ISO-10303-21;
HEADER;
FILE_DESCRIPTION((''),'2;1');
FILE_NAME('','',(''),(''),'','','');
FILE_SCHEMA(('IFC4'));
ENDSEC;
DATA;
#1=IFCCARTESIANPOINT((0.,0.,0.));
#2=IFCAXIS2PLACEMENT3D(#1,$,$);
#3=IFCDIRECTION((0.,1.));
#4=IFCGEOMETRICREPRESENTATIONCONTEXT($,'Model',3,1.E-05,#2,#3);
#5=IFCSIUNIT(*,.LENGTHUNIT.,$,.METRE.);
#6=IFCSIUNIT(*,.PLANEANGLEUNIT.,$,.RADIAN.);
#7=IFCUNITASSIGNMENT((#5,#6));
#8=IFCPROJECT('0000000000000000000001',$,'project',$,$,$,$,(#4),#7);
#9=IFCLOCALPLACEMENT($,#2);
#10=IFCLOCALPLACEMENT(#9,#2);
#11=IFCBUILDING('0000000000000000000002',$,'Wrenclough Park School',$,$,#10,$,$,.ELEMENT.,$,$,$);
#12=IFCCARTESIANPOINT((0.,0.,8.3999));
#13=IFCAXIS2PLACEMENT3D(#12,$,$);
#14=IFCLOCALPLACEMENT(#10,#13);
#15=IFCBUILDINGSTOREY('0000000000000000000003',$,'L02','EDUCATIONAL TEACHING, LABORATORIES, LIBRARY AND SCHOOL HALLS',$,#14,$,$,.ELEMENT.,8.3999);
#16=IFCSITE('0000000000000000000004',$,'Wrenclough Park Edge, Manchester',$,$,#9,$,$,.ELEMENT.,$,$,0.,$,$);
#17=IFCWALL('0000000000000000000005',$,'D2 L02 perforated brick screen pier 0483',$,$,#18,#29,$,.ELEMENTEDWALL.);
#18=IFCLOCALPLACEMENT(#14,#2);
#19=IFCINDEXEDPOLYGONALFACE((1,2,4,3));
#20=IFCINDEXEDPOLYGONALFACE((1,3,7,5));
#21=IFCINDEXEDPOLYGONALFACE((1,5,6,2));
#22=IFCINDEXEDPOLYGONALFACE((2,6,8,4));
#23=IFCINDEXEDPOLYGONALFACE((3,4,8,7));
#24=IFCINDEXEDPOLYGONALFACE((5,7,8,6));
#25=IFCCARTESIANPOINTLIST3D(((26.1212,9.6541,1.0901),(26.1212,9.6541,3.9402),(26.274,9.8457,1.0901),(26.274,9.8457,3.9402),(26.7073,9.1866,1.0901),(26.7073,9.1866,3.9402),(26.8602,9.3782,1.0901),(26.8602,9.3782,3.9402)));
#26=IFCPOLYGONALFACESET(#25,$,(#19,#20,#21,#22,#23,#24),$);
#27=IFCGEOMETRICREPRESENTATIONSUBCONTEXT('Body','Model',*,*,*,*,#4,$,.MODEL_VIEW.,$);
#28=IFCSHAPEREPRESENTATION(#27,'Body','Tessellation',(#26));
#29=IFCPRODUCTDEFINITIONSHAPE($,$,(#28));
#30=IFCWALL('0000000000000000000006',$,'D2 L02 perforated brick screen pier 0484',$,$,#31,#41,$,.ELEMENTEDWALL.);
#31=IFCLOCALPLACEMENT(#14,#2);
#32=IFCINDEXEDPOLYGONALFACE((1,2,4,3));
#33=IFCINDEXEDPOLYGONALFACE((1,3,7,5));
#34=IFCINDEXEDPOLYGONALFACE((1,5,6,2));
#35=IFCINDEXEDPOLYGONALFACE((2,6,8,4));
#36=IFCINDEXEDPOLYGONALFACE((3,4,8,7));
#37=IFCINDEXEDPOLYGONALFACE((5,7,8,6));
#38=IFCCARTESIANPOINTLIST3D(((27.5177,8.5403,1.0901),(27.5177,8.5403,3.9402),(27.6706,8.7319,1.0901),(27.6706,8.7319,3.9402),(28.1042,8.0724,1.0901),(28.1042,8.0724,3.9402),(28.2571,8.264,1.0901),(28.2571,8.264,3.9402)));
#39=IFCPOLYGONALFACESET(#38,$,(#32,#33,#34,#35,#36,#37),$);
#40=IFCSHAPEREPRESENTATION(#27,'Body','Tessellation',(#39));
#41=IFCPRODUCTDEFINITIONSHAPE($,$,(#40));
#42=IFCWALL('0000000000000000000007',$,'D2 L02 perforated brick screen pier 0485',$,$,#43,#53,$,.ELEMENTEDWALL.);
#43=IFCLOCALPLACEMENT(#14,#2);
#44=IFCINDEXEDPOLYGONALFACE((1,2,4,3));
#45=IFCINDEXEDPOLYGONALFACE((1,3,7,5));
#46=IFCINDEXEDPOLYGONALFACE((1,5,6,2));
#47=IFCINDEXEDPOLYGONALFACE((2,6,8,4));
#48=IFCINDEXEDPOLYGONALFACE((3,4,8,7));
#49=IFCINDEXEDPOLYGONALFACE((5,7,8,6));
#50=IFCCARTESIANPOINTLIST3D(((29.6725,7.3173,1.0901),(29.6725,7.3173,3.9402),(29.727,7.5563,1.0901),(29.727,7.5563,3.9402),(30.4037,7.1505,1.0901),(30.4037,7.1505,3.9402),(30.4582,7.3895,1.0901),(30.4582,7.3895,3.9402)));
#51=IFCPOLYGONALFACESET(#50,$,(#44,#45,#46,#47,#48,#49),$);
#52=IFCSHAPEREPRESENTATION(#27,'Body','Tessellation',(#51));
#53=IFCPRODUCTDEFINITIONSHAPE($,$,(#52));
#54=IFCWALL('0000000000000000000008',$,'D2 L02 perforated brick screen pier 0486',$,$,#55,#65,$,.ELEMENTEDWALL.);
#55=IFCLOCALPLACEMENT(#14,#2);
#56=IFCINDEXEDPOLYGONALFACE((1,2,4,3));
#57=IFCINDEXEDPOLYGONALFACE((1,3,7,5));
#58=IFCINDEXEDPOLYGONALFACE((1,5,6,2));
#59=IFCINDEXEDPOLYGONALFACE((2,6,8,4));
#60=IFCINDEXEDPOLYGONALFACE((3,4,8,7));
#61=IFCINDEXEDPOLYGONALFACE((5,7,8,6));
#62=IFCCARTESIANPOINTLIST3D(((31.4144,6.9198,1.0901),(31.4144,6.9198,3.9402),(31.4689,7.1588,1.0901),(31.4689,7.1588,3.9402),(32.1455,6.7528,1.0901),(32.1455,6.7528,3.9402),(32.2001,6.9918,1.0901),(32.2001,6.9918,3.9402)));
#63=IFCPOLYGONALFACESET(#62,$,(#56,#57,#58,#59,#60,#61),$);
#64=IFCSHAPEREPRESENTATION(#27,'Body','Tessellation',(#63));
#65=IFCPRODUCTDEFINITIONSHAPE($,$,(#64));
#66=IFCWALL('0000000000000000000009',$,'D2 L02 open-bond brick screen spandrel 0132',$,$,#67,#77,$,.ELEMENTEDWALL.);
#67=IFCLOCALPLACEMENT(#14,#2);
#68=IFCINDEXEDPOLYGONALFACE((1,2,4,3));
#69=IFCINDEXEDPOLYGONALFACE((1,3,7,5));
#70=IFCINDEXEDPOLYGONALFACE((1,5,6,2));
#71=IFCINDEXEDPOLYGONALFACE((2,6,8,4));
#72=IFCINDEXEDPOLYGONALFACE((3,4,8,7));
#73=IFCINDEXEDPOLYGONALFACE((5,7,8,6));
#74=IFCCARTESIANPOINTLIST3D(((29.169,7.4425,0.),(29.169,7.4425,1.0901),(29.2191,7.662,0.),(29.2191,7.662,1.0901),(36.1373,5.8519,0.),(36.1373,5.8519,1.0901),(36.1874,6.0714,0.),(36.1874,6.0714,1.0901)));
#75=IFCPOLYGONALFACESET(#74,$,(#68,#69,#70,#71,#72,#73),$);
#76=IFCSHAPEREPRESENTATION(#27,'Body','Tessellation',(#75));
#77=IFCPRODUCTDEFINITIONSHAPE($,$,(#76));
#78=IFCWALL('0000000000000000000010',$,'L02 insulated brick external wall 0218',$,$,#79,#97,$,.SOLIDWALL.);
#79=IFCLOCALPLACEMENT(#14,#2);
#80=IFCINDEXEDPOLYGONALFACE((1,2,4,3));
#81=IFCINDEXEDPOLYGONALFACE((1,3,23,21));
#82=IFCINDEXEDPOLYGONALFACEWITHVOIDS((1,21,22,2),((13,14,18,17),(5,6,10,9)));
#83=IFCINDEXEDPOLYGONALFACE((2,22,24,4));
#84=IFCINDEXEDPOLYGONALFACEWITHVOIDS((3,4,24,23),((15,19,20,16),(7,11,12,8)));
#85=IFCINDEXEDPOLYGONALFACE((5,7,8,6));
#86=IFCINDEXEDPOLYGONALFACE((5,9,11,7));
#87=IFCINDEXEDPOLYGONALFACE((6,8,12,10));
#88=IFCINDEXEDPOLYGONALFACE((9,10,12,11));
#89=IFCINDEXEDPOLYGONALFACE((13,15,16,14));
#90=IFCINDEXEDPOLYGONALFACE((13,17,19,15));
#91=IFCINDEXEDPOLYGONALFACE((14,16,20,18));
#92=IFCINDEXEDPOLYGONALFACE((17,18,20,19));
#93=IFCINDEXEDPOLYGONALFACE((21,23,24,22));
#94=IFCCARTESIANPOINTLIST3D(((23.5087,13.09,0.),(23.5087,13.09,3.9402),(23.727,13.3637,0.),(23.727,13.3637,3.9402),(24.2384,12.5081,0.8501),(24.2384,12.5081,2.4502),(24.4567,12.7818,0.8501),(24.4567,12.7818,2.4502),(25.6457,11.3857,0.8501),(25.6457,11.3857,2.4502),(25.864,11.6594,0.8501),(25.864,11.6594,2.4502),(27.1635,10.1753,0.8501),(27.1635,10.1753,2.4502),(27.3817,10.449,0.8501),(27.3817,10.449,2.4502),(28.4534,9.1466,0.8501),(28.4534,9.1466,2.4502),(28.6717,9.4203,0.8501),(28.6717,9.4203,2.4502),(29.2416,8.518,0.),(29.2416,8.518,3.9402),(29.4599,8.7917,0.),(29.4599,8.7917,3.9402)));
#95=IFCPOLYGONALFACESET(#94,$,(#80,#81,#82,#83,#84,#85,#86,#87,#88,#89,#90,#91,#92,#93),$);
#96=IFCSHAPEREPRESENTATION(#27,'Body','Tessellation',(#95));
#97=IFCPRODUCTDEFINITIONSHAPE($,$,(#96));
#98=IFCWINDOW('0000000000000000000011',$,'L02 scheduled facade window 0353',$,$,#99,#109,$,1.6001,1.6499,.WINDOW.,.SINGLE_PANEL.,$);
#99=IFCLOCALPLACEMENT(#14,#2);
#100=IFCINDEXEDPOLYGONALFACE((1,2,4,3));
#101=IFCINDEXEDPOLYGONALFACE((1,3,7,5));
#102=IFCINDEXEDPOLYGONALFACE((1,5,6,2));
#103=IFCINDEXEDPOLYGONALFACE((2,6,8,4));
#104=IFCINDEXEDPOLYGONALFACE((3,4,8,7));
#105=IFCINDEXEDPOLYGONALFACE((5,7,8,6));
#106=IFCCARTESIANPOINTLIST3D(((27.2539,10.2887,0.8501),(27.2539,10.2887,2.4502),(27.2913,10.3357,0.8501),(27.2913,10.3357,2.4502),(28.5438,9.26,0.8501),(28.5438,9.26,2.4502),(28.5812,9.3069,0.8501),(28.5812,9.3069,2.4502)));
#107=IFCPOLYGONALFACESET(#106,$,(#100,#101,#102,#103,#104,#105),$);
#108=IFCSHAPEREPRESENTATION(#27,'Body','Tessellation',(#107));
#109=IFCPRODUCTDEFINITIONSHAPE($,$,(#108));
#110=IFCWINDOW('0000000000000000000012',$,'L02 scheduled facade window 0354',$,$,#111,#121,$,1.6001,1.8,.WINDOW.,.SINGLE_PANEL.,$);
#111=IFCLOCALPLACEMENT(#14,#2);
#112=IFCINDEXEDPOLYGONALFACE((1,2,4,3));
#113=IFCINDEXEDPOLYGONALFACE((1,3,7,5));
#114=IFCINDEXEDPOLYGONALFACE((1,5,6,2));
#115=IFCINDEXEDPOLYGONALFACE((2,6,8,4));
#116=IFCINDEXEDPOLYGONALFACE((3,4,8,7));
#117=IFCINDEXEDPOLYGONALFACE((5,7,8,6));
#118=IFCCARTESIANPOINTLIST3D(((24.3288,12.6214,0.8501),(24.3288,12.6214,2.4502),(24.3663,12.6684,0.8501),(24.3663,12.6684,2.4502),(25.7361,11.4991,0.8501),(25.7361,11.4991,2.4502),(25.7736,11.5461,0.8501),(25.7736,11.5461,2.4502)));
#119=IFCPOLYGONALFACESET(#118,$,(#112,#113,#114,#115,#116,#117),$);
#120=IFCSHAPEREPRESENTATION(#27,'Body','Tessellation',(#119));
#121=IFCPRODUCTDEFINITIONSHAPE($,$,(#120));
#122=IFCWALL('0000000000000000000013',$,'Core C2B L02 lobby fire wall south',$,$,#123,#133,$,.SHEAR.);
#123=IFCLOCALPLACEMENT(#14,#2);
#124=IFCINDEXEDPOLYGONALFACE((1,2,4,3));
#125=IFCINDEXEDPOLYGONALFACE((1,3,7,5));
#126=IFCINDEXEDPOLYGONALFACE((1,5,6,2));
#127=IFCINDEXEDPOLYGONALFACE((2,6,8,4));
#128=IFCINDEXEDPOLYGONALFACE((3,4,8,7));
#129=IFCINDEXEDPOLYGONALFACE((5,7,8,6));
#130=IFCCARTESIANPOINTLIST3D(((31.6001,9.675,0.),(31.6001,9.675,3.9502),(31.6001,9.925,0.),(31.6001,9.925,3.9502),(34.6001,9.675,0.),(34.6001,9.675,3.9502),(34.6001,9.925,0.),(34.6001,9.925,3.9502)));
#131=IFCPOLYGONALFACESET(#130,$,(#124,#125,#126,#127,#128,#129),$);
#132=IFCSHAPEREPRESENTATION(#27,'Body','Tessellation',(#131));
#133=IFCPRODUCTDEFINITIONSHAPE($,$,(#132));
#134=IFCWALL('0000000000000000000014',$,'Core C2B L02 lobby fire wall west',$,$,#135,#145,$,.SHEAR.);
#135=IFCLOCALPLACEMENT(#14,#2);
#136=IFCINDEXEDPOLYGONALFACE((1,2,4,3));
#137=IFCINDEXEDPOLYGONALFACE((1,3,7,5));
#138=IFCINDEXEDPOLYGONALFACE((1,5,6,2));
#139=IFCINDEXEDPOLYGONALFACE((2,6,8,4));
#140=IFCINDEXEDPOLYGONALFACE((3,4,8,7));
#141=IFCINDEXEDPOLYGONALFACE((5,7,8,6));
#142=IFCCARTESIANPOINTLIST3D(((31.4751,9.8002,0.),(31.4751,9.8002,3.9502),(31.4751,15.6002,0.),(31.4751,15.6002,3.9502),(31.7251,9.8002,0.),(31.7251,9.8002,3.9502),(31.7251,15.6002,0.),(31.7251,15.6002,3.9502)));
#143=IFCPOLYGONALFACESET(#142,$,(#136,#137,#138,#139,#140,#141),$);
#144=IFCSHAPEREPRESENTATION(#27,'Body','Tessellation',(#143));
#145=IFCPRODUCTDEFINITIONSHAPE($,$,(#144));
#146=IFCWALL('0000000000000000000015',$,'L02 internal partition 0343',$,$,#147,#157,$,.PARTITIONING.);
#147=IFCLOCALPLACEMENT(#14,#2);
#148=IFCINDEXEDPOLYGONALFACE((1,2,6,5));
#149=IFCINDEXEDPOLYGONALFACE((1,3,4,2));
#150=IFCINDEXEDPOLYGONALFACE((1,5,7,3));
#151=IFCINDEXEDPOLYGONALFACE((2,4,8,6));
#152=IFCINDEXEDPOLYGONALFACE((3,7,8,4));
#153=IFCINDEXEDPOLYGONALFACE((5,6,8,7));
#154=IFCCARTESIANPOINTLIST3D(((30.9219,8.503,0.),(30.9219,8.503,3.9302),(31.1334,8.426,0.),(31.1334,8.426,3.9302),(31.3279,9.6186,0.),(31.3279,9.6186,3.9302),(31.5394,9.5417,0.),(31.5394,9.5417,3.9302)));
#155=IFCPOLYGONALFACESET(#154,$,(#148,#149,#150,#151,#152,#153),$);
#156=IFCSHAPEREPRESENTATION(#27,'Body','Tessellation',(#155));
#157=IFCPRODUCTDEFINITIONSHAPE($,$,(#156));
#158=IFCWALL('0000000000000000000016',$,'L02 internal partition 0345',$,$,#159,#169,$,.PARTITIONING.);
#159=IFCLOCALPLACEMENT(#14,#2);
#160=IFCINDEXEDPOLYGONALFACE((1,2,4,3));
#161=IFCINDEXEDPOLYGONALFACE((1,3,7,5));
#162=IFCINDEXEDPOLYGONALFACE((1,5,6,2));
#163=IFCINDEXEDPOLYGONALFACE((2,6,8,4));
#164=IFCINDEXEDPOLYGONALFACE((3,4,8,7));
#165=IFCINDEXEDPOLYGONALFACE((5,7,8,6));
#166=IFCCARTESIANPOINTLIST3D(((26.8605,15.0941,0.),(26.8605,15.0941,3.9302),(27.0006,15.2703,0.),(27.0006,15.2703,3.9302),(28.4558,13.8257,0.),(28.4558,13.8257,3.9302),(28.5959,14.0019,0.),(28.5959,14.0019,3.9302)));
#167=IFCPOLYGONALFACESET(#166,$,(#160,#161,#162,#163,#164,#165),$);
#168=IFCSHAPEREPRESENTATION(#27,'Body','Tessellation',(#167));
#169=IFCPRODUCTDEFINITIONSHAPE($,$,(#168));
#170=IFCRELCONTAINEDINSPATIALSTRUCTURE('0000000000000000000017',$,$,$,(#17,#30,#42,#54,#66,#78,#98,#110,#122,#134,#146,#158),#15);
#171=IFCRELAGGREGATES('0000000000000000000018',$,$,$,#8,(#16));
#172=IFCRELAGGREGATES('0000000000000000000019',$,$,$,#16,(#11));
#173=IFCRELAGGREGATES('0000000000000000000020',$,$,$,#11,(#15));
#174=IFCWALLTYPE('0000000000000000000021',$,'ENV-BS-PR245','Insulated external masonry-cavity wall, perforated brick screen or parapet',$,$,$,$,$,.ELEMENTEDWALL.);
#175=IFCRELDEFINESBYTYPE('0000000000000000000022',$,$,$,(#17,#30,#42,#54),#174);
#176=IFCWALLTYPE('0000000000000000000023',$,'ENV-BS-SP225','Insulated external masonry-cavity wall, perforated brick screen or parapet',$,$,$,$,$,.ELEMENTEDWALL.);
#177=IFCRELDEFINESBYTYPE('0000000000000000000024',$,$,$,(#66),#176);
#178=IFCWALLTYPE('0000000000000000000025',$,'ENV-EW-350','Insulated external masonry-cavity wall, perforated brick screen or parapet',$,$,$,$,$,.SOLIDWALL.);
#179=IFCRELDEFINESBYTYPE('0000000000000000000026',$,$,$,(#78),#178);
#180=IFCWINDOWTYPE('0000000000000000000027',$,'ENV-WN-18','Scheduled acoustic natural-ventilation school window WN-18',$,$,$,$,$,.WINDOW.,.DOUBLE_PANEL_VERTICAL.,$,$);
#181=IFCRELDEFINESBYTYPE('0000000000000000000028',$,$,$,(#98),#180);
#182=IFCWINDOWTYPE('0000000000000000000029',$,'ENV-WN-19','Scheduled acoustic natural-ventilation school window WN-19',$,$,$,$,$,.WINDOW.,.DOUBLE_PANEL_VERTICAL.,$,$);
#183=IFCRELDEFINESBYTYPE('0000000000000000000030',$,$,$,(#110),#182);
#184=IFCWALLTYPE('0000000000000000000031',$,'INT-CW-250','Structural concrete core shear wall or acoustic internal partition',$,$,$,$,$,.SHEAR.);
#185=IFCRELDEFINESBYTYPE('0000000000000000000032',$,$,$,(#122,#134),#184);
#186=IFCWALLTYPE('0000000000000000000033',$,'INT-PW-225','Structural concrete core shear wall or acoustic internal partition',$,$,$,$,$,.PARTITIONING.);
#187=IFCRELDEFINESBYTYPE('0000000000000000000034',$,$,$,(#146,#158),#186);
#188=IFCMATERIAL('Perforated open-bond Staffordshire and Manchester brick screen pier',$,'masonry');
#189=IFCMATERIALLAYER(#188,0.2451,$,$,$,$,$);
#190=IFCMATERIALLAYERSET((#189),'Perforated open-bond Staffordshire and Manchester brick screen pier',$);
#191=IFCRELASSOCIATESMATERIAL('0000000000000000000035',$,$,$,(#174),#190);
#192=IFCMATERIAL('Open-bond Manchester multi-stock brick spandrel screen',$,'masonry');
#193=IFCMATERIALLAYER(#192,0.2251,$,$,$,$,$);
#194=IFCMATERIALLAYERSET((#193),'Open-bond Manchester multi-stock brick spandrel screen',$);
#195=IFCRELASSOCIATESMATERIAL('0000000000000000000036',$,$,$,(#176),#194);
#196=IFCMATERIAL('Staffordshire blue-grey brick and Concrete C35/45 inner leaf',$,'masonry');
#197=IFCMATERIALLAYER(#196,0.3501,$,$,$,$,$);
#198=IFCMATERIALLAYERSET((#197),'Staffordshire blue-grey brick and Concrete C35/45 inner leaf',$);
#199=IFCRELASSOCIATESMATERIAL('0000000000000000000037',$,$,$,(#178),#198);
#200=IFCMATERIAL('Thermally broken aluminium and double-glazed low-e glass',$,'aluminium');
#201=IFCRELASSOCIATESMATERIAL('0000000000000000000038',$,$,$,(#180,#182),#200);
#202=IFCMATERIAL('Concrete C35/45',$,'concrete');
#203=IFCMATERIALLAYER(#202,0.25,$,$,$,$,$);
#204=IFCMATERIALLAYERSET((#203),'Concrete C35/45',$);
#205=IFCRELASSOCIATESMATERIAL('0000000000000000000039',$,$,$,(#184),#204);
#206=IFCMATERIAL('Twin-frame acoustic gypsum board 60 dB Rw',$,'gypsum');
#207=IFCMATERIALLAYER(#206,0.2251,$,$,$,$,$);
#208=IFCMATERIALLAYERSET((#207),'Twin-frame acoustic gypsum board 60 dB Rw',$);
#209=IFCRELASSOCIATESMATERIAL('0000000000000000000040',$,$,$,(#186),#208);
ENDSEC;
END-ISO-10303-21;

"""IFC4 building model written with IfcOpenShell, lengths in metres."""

from ifc_helpers import new_model, si_unit, direction, frame, frame_2d, origin, place, context, subcontext, project, spatial, rectangle, extrude, material, layer, layer_set, type_object, element, fill, save


model = new_model("IFC4")

# Units and contexts
model_context = context("Model", 3, precision=1e-05, world=origin(), true_north=direction((0.0, 1.0)))
body_context = subcontext(model_context, "Body", "Model", "MODEL_VIEW")
ifc_project = project(units=[si_unit("LENGTHUNIT", "METRE"), si_unit("PLANEANGLEUNIT", "RADIAN")], contexts=[model_context])

# Site, building, storey
site_placement = place(None, origin())
site = spatial("IfcSite", under=ifc_project, at=site_placement, Name="Wrenclough Park Edge, Manchester", CompositionType="ELEMENT", RefElevation=0.0)
building_placement = place(site_placement, origin())
building = spatial("IfcBuilding", under=site, at=building_placement, Name="Wrenclough Park School", CompositionType="ELEMENT")
storey_placement = place(building_placement, frame((0.0, 0.0, 8.3999)))
storey = spatial("IfcBuildingStorey", under=building, at=storey_placement, Name="L02", Description="EDUCATIONAL TEACHING, LABORATORIES, LIBRARY AND SCHOOL HALLS", CompositionType="ELEMENT", Elevation=8.3999)

# Walls
ifc_material_1 = material(Name="Perforated open-bond Staffordshire and Manchester brick screen pier", Category="masonry")
ifc_layer_1 = layer(ifc_material_1, 0.2451)
ifc_layer_set_1 = layer_set([ifc_layer_1], Name="Perforated open-bond Staffordshire and Manchester brick screen pier")
wall_type_1 = type_object("IfcWallType", Name="ENV-BS-PR245", Description="Insulated external masonry-cavity wall, perforated brick screen or parapet", PredefinedType="ELEMENTEDWALL", material=ifc_layer_set_1)
wall_1_placement = place(storey_placement, frame((26.1975, 9.75, 1.0901), z_axis=(0.0, 0.0, 1.0), x_axis=(0.781789, -0.623543, 0.0)))
element("IfcWall", 1, at=wall_1_placement, inside=storey, type_object=wall_type_1, Name="D2 L02 perforated brick screen pier 0483", PredefinedType="ELEMENTEDWALL", context=body_context, shape_type="SweptSolid", body=[
    extrude(rectangle(XDim=0.7498, YDim=0.2451, at=frame_2d((0.375, 0.0))), origin(), (0.0, 0.0, 1.0), 2.8501),
])
wall_2_placement = place(storey_placement, frame((27.5942, 8.636, 1.0901), z_axis=(0.0, 0.0, 1.0), x_axis=(0.781757, -0.623583, 0.0)))
element("IfcWall", 2, at=wall_2_placement, inside=storey, type_object=wall_type_1, Name="D2 L02 perforated brick screen pier 0484", PredefinedType="ELEMENTEDWALL", context=body_context, shape_type="SweptSolid", body=[
    extrude(rectangle(XDim=0.7502, YDim=0.2451, at=frame_2d((0.375, 0.0))), origin(), (0.0, 0.0, 1.0), 2.8501),
])
for number, where, z_axis, x_axis, name in (
    (3, (29.6997, 7.4368, 1.0901), (0.0, 0.0, 1.0), (0.97497, -0.222339, 0.0), "D2 L02 perforated brick screen pier 0485"),
    (4, (31.4417, 7.0393, 1.0901), (0.0, 0.0, 1.0), (0.974899, -0.222648, 0.0), "D2 L02 perforated brick screen pier 0486"),
):
    element("IfcWall", number, at=place(storey_placement, frame(where, z_axis=z_axis, x_axis=x_axis)), inside=storey, type_object=wall_type_1, Name=name, PredefinedType="ELEMENTEDWALL", context=body_context, shape_type="SweptSolid", body=[
        extrude(rectangle(XDim=0.75, YDim=0.2451, at=frame_2d((0.375, 0.0))), origin(), (0.0, 0.0, 1.0), 2.8501),
    ])
ifc_material_2 = material(Name="Open-bond Manchester multi-stock brick spandrel screen", Category="masonry")
ifc_layer_2 = layer(ifc_material_2, 0.2251)
ifc_layer_set_2 = layer_set([ifc_layer_2], Name="Open-bond Manchester multi-stock brick spandrel screen")
wall_type_2 = type_object("IfcWallType", Name="ENV-BS-SP225", Description="Insulated external masonry-cavity wall, perforated brick screen or parapet", PredefinedType="ELEMENTEDWALL", material=ifc_layer_set_2)
wall_3_placement = place(storey_placement, frame((29.1941, 7.5522, 0.0), z_axis=(0.0, 0.0, 1.0), x_axis=(0.974924, -0.222536, 0.0)))
element("IfcWall", 5, at=wall_3_placement, inside=storey, type_object=wall_type_2, Name="D2 L02 open-bond brick screen spandrel 0132", PredefinedType="ELEMENTEDWALL", context=body_context, shape_type="SweptSolid", body=[
    extrude(rectangle(XDim=7.1475, YDim=0.2251, at=frame_2d((3.5737, 0.0))), origin(), (0.0, 0.0, 1.0), 1.0901),
])

# Wall, openings, windows
ifc_material_3 = material(Name="Staffordshire blue-grey brick and Concrete C35/45 inner leaf", Category="masonry")
ifc_layer_3 = layer(ifc_material_3, 0.3501)
ifc_layer_set_3 = layer_set([ifc_layer_3], Name="Staffordshire blue-grey brick and Concrete C35/45 inner leaf")
wall_type_3 = type_object("IfcWallType", Name="ENV-EW-350", Description="Insulated external masonry-cavity wall, perforated brick screen or parapet", PredefinedType="SOLIDWALL", material=ifc_layer_set_3)
wall_4_placement = place(storey_placement, frame((29.3508, 8.6548, 0.0), z_axis=(0.0, 0.0, 1.0), x_axis=(-0.78182, 0.623505, 0.0)))
wall_4 = element("IfcWall", 6, at=wall_4_placement, inside=storey, type_object=wall_type_3, Name="L02 insulated brick external wall 0218", PredefinedType="SOLIDWALL", context=body_context, shape_type="SweptSolid", body=[
    extrude(rectangle(XDim=7.3328, YDim=0.3501, at=frame_2d((3.6665, 0.0))), origin(), (0.0, 0.0, 1.0), 3.9402),
])
opening_1_placement = place(wall_4_placement, frame((1.0083, 0.0, 0.8501)))
opening_1 = element("IfcOpeningElement", 7, at=opening_1_placement, cuts=wall_4, PredefinedType="OPENING", context=body_context, shape_type="SweptSolid", body=[
    extrude(rectangle(XDim=1.6499, YDim=1.6001, at=frame_2d((0.825, 0.8))), frame((0.0, 0.1851, 0.0), z_axis=(0.0, -1.0, 0.0), x_axis=(1.0, 0.0, 0.0)), (0.0, 0.0, 1.0), 0.3701),
])
opening_2_placement = place(wall_4_placement, frame((4.5996, 0.0, 0.8501)))
opening_2 = element("IfcOpeningElement", 8, at=opening_2_placement, cuts=wall_4, PredefinedType="OPENING", context=body_context, shape_type="SweptSolid", body=[
    extrude(rectangle(XDim=1.8, YDim=1.6001, at=frame_2d((0.8999, 0.8))), frame((0.0, 0.1851, 0.0), z_axis=(0.0, -1.0, 0.0), x_axis=(1.0, 0.0, 0.0)), (0.0, 0.0, 1.0), 0.3701),
])
ifc_material_4 = material(Name="Thermally broken aluminium and double-glazed low-e glass", Category="aluminium")
window_type_1 = type_object("IfcWindowType", Name="ENV-WN-18", Description="Scheduled acoustic natural-ventilation school window WN-18", PartitioningType="DOUBLE_PANEL_VERTICAL", PredefinedType="WINDOW", material=ifc_material_4)
window_1_placement = place(opening_1_placement, origin())
window_1 = element("IfcWindow", 9, at=window_1_placement, inside=storey, type_object=window_type_1, Name="L02 scheduled facade window 0353", OverallHeight=1.6001, OverallWidth=1.6499, PartitioningType="SINGLE_PANEL", PredefinedType="WINDOW", context=body_context, shape_type="SweptSolid", body=[
    extrude(rectangle(XDim=1.6499, YDim=1.6001, at=frame_2d((0.825, 0.8))), frame((0.0, 0.03, 0.0), z_axis=(0.0, -1.0, 0.0), x_axis=(1.0, 0.0, 0.0)), (0.0, 0.0, 1.0), 0.0601),
])
fill(opening_1, window_1)
window_type_2 = type_object("IfcWindowType", Name="ENV-WN-19", Description="Scheduled acoustic natural-ventilation school window WN-19", PartitioningType="DOUBLE_PANEL_VERTICAL", PredefinedType="WINDOW", material=ifc_material_4)
window_2_placement = place(opening_2_placement, origin())
window_2 = element("IfcWindow", 10, at=window_2_placement, inside=storey, type_object=window_type_2, Name="L02 scheduled facade window 0354", OverallHeight=1.6001, OverallWidth=1.8, PartitioningType="SINGLE_PANEL", PredefinedType="WINDOW", context=body_context, shape_type="SweptSolid", body=[
    extrude(rectangle(XDim=1.8, YDim=1.6001, at=frame_2d((0.8999, 0.8))), frame((0.0, 0.03, 0.0), z_axis=(0.0, -1.0, 0.0), x_axis=(1.0, 0.0, 0.0)), (0.0, 0.0, 1.0), 0.0601),
])
fill(opening_2, window_2)

# Walls
ifc_material_5 = material(Name="Concrete C35/45", Category="concrete")
ifc_layer_4 = layer(ifc_material_5, 0.25)
ifc_layer_set_4 = layer_set([ifc_layer_4], Name="Concrete C35/45")
wall_type_4 = type_object("IfcWallType", Name="INT-CW-250", Description="Structural concrete core shear wall or acoustic internal partition", PredefinedType="SHEAR", material=ifc_layer_set_4)
wall_5_placement = place(storey_placement, frame((31.6001, 9.8, 0.0), z_axis=(0.0, 0.0, 1.0), x_axis=(1.0, 0.0, 0.0)))
element("IfcWall", 11, at=wall_5_placement, inside=storey, type_object=wall_type_4, Name="Core C2B L02 lobby fire wall south", PredefinedType="SHEAR", context=body_context, shape_type="SweptSolid", body=[
    extrude(rectangle(XDim=3.0, YDim=0.25, at=frame_2d((1.5, 0.0))), origin(), (0.0, 0.0, 1.0), 3.9502),
])
wall_6_placement = place(storey_placement, frame((31.6001, 15.6001, 0.0), z_axis=(0.0, 0.0, 1.0), x_axis=(0.0, -1.0, 0.0)))
element("IfcWall", 12, at=wall_6_placement, inside=storey, type_object=wall_type_4, Name="Core C2B L02 lobby fire wall west", PredefinedType="SHEAR", context=body_context, shape_type="SweptSolid", body=[
    extrude(rectangle(XDim=5.8, YDim=0.25, at=frame_2d((2.8999, 0.0))), origin(), (0.0, 0.0, 1.0), 3.9502),
])
ifc_material_6 = material(Name="Twin-frame acoustic gypsum board 60 dB Rw", Category="gypsum")
ifc_layer_5 = layer(ifc_material_6, 0.2251)
ifc_layer_set_5 = layer_set([ifc_layer_5], Name="Twin-frame acoustic gypsum board 60 dB Rw")
wall_type_5 = type_object("IfcWallType", Name="INT-PW-225", Description="Structural concrete core shear wall or acoustic internal partition", PredefinedType="PARTITIONING", material=ifc_layer_set_5)
wall_7_placement = place(storey_placement, frame((31.0276, 8.4644, 0.0), z_axis=(0.0, 0.0, 1.0), x_axis=(0.341958, 0.939715, 0.0)))
element("IfcWall", 13, at=wall_7_placement, inside=storey, type_object=wall_type_5, Name="L02 internal partition 0343", PredefinedType="PARTITIONING", context=body_context, shape_type="SweptSolid", body=[
    extrude(rectangle(XDim=1.1873, YDim=0.2251, at=frame_2d((0.5938, 0.0))), origin(), (0.0, 0.0, 1.0), 3.9302),
])
wall_8_placement = place(storey_placement, frame((28.5259, 13.9138, 0.0), z_axis=(0.0, 0.0, 1.0), x_axis=(-0.782747, 0.62234, 0.0)))
element("IfcWall", 14, at=wall_8_placement, inside=storey, type_object=wall_type_5, Name="L02 internal partition 0345", PredefinedType="PARTITIONING", context=body_context, shape_type="SweptSolid", body=[
    extrude(rectangle(XDim=2.0381, YDim=0.2251, at=frame_2d((1.019, 0.0))), origin(), (0.0, 0.0, 1.0), 3.9302),
])

save(model, "model.ifc")
